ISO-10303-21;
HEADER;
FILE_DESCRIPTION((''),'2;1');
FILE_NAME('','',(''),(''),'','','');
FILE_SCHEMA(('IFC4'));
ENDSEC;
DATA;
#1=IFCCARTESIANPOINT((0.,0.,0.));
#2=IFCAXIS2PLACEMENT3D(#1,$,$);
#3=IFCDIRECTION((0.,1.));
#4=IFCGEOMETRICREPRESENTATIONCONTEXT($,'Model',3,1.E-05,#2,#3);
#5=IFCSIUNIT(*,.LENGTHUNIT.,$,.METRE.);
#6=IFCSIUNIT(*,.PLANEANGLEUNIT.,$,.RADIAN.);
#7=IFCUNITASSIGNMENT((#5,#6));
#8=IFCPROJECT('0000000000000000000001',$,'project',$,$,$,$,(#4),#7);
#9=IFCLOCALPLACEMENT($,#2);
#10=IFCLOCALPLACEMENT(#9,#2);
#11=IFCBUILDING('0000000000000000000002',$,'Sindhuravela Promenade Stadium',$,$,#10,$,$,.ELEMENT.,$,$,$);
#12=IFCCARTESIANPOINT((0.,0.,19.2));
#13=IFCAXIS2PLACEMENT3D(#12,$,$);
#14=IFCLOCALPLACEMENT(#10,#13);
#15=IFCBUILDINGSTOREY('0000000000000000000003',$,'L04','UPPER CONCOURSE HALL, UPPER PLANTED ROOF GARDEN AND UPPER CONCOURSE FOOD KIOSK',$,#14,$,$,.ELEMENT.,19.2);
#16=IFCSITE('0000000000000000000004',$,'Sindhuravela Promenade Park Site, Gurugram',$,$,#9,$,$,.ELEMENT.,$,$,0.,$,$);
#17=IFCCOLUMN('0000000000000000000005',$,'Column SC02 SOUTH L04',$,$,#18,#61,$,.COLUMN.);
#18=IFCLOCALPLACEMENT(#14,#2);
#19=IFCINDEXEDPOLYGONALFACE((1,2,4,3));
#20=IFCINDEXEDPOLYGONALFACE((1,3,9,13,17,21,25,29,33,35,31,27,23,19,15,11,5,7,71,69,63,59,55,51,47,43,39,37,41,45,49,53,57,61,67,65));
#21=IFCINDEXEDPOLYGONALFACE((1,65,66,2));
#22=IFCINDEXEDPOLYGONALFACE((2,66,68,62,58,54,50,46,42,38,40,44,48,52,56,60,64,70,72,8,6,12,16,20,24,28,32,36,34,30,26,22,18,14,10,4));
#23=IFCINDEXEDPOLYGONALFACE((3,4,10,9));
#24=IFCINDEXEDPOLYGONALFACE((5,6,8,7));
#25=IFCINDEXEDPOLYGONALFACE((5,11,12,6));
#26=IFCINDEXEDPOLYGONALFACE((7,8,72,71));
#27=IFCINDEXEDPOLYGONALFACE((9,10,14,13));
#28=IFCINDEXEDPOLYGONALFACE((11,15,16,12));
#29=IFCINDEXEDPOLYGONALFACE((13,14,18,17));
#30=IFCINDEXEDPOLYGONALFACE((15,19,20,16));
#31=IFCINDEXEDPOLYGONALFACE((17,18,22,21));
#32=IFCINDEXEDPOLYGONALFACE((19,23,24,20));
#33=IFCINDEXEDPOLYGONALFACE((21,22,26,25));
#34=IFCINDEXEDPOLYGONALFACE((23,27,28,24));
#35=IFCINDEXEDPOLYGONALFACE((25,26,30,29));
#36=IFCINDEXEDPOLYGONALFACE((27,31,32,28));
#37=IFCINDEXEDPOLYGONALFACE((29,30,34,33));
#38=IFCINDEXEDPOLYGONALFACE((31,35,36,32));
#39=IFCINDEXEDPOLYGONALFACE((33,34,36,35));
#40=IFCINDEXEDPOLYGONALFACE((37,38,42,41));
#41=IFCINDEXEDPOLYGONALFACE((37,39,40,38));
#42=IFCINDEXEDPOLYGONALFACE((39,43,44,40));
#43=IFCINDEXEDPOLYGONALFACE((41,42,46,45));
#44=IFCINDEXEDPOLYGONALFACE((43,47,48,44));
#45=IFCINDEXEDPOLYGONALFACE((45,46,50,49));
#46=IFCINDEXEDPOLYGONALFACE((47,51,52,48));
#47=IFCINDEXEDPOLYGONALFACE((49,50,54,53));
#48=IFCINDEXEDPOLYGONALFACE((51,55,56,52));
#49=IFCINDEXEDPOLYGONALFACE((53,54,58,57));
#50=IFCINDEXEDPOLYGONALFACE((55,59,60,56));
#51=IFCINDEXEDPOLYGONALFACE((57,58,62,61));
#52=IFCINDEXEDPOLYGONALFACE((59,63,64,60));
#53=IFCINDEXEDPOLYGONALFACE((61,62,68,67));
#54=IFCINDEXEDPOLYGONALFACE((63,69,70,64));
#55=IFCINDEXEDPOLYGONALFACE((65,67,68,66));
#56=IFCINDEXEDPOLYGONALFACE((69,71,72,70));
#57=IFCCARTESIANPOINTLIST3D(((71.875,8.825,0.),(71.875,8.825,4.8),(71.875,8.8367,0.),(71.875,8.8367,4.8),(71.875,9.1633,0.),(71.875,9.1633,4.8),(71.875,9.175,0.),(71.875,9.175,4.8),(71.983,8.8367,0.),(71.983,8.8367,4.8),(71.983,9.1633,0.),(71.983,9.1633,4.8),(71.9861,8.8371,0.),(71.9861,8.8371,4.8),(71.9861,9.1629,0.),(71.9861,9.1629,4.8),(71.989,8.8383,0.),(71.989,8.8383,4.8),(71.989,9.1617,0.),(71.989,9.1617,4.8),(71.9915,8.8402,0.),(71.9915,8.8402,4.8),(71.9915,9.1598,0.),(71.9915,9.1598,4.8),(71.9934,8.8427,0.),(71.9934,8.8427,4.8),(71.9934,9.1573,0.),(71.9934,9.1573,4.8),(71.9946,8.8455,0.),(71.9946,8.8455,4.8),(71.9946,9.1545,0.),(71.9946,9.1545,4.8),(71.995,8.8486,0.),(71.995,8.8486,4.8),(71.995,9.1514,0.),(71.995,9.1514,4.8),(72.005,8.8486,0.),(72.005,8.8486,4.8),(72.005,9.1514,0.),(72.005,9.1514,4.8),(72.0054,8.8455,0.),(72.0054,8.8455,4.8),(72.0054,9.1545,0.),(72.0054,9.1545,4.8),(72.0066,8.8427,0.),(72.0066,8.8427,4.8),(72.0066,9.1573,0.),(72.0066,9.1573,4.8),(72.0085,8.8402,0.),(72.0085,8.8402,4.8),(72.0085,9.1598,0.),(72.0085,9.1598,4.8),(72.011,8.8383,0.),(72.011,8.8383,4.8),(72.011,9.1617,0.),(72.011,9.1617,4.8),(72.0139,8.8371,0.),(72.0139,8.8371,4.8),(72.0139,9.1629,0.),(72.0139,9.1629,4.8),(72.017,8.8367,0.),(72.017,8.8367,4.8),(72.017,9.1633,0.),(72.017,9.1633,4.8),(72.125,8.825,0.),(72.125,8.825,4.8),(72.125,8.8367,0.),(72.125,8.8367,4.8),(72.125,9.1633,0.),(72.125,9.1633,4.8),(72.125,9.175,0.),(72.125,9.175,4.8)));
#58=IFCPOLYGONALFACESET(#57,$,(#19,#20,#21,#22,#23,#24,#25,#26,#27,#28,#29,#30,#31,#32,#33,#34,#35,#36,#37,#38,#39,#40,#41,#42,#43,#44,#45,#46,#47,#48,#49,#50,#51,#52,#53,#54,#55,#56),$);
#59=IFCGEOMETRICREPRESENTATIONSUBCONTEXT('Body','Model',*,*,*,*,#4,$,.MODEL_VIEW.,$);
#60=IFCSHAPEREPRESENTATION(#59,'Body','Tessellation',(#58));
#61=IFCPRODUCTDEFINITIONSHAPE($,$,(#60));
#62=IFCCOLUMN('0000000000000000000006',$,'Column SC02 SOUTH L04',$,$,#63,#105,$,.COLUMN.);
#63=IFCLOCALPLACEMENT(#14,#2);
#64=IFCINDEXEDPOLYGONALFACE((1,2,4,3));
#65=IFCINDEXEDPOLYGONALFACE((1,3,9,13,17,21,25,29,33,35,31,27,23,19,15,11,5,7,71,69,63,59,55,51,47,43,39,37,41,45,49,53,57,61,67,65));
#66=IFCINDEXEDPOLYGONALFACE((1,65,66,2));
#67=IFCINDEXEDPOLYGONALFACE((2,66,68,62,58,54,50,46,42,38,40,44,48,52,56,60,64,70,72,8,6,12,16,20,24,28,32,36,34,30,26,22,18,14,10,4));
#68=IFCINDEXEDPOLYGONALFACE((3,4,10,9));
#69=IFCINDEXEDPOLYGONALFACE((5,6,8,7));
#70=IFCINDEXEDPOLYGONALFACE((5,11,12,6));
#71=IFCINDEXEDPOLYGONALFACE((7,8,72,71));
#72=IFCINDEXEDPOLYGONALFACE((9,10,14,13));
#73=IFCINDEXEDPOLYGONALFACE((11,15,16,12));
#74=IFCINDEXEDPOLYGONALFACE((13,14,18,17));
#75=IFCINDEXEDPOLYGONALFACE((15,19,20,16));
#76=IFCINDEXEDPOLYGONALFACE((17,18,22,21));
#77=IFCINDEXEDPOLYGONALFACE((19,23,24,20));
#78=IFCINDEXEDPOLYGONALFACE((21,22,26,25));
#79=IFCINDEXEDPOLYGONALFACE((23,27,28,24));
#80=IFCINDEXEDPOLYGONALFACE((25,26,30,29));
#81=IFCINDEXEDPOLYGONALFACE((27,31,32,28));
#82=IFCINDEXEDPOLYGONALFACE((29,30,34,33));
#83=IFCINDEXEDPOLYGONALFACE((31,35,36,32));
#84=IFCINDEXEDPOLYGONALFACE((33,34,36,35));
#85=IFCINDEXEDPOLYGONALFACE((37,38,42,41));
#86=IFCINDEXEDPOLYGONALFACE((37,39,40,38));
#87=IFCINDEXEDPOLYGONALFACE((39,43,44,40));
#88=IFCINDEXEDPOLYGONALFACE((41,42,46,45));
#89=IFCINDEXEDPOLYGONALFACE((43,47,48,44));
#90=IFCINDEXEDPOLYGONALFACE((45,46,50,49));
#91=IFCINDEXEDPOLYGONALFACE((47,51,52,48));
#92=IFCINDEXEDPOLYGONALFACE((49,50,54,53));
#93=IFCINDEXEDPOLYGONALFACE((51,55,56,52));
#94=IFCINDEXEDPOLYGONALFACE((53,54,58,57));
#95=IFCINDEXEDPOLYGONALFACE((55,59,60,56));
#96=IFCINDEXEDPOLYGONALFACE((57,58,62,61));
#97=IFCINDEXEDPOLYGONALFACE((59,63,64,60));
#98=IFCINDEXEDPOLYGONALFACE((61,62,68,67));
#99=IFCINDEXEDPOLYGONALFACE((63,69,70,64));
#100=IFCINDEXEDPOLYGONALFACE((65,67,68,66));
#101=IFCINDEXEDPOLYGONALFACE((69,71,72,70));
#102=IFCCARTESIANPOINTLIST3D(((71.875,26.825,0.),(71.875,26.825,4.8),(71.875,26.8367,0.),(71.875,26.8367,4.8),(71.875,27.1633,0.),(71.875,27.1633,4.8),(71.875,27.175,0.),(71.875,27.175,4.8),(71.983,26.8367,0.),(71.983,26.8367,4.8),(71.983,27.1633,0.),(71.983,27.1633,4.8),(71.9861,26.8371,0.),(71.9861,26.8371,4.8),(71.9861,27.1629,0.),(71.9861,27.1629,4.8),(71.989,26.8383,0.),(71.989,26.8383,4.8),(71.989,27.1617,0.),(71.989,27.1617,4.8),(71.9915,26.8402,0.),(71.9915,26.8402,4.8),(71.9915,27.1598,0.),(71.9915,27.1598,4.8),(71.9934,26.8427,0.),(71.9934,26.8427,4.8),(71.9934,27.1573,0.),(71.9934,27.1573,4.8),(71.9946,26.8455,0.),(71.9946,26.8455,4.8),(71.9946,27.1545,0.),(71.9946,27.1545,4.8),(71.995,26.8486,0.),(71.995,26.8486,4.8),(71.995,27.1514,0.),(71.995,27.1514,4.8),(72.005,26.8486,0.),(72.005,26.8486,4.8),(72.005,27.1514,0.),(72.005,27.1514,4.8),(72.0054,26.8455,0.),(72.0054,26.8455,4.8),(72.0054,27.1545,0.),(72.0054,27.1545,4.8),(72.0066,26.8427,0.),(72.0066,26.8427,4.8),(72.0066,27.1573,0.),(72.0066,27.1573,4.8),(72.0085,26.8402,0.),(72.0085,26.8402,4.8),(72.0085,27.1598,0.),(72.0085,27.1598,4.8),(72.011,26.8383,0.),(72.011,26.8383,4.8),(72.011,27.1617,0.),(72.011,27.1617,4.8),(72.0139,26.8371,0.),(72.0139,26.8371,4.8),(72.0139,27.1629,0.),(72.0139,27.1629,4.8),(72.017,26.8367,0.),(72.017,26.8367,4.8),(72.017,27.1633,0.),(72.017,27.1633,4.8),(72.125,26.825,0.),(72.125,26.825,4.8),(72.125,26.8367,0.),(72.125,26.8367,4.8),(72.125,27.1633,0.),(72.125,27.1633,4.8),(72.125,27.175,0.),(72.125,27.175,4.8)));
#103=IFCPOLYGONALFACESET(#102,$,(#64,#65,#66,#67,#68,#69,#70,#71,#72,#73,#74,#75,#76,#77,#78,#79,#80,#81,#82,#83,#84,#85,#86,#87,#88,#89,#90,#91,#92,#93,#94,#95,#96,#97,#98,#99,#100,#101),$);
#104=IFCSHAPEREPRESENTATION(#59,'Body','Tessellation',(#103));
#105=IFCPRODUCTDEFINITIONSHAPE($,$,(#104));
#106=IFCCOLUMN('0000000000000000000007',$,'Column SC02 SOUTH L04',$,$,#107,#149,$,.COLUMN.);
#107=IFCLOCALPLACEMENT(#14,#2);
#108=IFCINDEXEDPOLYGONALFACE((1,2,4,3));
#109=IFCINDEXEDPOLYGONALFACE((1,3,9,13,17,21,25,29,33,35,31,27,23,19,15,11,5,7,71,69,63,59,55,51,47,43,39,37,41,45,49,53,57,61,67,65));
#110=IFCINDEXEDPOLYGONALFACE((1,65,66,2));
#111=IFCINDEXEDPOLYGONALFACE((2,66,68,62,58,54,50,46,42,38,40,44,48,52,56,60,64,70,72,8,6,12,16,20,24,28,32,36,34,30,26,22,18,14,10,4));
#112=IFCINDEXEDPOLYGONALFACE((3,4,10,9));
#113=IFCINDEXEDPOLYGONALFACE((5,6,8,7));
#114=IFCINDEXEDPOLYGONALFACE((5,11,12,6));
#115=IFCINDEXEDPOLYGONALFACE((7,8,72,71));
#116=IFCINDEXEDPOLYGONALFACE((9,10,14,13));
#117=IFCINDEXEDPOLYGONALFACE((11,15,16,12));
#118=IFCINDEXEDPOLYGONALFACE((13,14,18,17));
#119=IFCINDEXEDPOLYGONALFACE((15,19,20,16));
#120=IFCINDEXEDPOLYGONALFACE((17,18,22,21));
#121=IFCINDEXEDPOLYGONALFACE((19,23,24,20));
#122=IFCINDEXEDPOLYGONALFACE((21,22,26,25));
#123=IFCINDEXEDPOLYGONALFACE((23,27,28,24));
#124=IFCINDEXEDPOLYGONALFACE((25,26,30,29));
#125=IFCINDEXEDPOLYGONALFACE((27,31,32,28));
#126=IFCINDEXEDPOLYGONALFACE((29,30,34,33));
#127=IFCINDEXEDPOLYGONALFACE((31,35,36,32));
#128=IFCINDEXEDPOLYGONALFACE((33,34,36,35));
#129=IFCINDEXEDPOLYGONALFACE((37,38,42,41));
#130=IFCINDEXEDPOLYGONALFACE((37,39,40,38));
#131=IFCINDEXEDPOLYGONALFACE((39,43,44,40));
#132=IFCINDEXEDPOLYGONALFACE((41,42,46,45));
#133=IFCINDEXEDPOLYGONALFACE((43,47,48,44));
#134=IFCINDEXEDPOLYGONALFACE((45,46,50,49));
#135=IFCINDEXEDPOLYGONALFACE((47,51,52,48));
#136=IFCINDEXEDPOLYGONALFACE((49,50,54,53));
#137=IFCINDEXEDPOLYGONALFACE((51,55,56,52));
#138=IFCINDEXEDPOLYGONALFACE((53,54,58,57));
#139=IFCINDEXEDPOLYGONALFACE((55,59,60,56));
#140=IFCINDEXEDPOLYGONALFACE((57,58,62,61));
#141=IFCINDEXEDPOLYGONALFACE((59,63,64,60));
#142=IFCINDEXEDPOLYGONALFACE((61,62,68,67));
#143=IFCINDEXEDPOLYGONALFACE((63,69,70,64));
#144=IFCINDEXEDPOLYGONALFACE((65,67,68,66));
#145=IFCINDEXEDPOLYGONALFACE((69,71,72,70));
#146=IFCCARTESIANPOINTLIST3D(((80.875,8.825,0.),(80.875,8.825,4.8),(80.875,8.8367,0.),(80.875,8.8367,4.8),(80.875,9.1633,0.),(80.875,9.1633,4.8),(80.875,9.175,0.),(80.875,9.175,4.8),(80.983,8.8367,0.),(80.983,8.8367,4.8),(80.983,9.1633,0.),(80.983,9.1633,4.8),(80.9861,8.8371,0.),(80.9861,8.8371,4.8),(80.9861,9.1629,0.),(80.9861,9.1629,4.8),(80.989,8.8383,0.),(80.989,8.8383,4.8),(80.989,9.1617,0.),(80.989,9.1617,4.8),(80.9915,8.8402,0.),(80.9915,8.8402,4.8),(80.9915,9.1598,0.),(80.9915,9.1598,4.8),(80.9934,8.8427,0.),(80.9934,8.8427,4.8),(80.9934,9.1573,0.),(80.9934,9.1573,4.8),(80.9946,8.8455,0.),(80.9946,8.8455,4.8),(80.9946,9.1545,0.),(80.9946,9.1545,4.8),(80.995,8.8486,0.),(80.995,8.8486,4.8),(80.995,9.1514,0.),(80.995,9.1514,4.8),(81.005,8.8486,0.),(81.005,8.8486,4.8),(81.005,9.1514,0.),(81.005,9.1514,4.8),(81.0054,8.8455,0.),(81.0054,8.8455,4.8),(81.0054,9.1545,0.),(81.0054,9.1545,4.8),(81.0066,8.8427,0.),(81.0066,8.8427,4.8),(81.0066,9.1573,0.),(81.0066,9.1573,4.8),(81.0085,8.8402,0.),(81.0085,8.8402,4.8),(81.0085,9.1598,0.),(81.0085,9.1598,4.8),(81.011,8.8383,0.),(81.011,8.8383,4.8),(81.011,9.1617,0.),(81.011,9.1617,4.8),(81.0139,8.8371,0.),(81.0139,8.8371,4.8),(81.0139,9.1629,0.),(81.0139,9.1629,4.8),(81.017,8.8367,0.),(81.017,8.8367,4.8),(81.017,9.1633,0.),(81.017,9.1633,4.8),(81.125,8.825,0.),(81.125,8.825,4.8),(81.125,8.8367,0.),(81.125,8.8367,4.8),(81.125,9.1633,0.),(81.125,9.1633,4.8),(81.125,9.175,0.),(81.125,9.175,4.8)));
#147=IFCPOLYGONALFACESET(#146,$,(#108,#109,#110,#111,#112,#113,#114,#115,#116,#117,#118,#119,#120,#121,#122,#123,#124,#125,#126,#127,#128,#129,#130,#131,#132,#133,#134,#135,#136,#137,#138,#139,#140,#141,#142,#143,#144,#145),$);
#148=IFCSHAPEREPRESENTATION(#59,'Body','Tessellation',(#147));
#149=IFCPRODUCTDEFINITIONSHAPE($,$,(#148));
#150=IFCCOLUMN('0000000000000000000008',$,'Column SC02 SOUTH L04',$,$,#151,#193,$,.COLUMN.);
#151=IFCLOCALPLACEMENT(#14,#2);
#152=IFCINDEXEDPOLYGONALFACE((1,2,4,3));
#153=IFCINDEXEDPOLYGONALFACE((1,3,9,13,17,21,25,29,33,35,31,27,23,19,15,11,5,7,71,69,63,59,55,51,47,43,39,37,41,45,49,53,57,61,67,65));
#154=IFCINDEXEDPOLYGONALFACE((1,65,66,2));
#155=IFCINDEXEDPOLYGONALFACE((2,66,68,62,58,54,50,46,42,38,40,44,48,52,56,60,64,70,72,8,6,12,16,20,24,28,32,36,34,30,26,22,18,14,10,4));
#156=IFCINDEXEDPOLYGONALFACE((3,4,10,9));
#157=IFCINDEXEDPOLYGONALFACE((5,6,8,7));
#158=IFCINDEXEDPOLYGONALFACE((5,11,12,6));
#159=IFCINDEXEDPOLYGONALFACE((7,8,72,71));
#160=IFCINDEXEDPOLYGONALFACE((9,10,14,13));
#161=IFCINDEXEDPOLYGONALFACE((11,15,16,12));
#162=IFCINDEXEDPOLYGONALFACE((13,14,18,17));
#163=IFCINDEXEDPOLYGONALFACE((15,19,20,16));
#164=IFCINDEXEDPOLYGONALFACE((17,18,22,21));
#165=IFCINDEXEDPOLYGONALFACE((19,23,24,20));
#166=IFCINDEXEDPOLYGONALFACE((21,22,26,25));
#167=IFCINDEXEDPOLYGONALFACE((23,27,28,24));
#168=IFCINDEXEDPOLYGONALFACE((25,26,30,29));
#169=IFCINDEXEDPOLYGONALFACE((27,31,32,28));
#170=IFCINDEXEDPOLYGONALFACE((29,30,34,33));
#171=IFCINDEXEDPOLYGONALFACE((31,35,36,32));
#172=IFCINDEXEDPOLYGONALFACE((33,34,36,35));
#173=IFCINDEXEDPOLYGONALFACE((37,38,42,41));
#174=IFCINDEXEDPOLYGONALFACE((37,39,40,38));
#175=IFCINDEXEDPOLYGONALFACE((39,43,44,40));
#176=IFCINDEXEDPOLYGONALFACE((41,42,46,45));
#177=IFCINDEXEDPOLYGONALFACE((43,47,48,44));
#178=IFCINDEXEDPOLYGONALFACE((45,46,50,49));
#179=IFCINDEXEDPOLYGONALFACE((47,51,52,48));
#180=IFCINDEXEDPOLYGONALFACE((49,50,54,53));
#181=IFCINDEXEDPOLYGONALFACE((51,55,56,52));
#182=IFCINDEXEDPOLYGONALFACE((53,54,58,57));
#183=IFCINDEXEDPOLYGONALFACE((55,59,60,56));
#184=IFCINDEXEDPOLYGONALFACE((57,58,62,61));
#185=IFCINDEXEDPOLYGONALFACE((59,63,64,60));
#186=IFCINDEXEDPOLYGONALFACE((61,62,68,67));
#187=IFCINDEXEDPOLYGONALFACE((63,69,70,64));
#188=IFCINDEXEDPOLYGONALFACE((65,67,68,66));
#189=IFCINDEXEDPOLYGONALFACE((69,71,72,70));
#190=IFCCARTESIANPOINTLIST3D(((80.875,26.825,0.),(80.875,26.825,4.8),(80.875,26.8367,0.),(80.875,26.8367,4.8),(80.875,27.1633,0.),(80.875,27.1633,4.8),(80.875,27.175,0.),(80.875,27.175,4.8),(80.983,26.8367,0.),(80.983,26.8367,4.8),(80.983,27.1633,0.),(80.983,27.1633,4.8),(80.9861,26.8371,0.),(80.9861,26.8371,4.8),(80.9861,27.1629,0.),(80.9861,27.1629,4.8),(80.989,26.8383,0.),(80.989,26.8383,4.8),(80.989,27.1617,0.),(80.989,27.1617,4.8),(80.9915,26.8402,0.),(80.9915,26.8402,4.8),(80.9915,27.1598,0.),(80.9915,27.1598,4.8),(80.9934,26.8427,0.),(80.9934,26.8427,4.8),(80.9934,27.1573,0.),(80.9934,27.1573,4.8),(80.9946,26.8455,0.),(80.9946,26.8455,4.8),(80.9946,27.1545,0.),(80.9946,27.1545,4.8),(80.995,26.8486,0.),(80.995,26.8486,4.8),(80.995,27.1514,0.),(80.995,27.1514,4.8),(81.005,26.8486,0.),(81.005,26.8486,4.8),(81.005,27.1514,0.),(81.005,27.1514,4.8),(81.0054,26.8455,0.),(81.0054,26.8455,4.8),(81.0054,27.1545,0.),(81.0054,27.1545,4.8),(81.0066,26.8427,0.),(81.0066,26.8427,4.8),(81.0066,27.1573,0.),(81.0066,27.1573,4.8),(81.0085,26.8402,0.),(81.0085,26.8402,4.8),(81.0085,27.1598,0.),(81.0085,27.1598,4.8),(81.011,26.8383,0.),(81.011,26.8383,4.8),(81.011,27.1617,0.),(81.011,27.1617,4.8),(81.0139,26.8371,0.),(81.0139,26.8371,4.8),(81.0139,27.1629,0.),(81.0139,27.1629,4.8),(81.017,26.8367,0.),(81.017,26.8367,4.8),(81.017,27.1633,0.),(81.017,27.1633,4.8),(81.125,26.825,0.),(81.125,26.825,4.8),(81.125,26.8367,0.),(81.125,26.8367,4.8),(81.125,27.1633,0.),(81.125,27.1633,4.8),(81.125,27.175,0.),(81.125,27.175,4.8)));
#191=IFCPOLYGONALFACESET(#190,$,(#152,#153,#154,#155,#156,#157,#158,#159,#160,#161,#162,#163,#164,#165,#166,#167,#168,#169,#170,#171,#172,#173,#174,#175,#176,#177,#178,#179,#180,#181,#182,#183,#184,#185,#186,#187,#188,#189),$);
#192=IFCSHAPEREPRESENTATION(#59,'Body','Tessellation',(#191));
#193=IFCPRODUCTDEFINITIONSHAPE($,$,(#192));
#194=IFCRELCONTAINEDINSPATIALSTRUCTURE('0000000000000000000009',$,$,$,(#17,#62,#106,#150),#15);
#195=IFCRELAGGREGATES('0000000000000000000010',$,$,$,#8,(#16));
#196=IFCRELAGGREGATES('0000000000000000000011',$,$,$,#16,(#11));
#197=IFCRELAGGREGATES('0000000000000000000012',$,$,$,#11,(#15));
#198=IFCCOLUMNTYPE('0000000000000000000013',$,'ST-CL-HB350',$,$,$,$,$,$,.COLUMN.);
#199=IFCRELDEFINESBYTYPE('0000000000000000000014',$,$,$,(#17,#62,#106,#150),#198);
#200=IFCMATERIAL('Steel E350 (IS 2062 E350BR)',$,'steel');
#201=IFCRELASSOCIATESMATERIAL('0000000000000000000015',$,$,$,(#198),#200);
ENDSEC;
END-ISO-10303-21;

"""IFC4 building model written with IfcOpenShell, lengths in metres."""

from ifc_helpers import new_model, si_unit, direction, frame, origin, origin_2d, place, context, subcontext, project, spatial, i_section, extrude, material, material_profile, profile_set, type_object, element, save


model = new_model("IFC4")

# Units and contexts
model_context = context("Model", 3, precision=1e-05, world=origin(), true_north=direction((0.0, 1.0)))
body_context = subcontext(model_context, "Body", "Model", "MODEL_VIEW")
ifc_project = project(units=[si_unit("LENGTHUNIT", "METRE"), si_unit("PLANEANGLEUNIT", "RADIAN")], contexts=[model_context])

# Site, building, storey
site_placement = place(None, origin())
site = spatial("IfcSite", under=ifc_project, at=site_placement, Name="Sindhuravela Promenade Park Site, Gurugram", CompositionType="ELEMENT", RefElevation=0.0)
building_placement = place(site_placement, origin())
building = spatial("IfcBuilding", under=site, at=building_placement, Name="Sindhuravela Promenade Stadium", CompositionType="ELEMENT")
storey_placement = place(building_placement, frame((0.0, 0.0, 19.2)))
storey = spatial("IfcBuildingStorey", under=building, at=storey_placement, Name="L04", Description="UPPER CONCOURSE HALL, UPPER PLANTED ROOF GARDEN AND UPPER CONCOURSE FOOD KIOSK", CompositionType="ELEMENT", Elevation=19.2)

# Columns
ifc_material_1 = material(Name="Steel E350 (IS 2062 E350BR)", Category="steel")
ifc_material_profile_1 = material_profile(ifc_material_1, i_section(OverallWidth=0.25, OverallDepth=0.3501, WebThickness=0.01, FlangeThickness=0.0117, FilletRadius=0.012, at=origin_2d()), Name="ISHB 350")
ifc_profile_set_1 = profile_set([ifc_material_profile_1], Name="Steel E350 (IS 2062 E350BR)")
column_type_1 = type_object("IfcColumnType", Name="ST-CL-HB350", PredefinedType="COLUMN", material=ifc_profile_set_1)
for number, where, z_axis, x_axis, name in (
    (1, (72.0, 9.0, 0.0), (0.0, 0.0, 1.0), (1.0, 0.0, 0.0), "Column SC02 SOUTH L04"),
    (2, (72.0, 27.0, 0.0), (0.0, 0.0, 1.0), (1.0, 0.0, 0.0), "Column SC02 SOUTH L04"),
    (3, (81.0, 9.0, 0.0), (0.0, 0.0, 1.0), (1.0, 0.0, 0.0), "Column SC02 SOUTH L04"),
    (4, (81.0, 27.0, 0.0), (0.0, 0.0, 1.0), (1.0, 0.0, 0.0), "Column SC02 SOUTH L04"),
):
    element("IfcColumn", number, at=place(storey_placement, frame(where, z_axis=z_axis, x_axis=x_axis)), inside=storey, type_object=column_type_1, Name=name, PredefinedType="COLUMN", context=body_context, shape_type="SweptSolid", body=[
        extrude(i_section(OverallWidth=0.25, OverallDepth=0.3501, WebThickness=0.01, FlangeThickness=0.0117, FilletRadius=0.012, at=origin_2d()), origin(), (0.0, 0.0, 1.0), 4.8),
    ])

save(model, "model.ifc")
